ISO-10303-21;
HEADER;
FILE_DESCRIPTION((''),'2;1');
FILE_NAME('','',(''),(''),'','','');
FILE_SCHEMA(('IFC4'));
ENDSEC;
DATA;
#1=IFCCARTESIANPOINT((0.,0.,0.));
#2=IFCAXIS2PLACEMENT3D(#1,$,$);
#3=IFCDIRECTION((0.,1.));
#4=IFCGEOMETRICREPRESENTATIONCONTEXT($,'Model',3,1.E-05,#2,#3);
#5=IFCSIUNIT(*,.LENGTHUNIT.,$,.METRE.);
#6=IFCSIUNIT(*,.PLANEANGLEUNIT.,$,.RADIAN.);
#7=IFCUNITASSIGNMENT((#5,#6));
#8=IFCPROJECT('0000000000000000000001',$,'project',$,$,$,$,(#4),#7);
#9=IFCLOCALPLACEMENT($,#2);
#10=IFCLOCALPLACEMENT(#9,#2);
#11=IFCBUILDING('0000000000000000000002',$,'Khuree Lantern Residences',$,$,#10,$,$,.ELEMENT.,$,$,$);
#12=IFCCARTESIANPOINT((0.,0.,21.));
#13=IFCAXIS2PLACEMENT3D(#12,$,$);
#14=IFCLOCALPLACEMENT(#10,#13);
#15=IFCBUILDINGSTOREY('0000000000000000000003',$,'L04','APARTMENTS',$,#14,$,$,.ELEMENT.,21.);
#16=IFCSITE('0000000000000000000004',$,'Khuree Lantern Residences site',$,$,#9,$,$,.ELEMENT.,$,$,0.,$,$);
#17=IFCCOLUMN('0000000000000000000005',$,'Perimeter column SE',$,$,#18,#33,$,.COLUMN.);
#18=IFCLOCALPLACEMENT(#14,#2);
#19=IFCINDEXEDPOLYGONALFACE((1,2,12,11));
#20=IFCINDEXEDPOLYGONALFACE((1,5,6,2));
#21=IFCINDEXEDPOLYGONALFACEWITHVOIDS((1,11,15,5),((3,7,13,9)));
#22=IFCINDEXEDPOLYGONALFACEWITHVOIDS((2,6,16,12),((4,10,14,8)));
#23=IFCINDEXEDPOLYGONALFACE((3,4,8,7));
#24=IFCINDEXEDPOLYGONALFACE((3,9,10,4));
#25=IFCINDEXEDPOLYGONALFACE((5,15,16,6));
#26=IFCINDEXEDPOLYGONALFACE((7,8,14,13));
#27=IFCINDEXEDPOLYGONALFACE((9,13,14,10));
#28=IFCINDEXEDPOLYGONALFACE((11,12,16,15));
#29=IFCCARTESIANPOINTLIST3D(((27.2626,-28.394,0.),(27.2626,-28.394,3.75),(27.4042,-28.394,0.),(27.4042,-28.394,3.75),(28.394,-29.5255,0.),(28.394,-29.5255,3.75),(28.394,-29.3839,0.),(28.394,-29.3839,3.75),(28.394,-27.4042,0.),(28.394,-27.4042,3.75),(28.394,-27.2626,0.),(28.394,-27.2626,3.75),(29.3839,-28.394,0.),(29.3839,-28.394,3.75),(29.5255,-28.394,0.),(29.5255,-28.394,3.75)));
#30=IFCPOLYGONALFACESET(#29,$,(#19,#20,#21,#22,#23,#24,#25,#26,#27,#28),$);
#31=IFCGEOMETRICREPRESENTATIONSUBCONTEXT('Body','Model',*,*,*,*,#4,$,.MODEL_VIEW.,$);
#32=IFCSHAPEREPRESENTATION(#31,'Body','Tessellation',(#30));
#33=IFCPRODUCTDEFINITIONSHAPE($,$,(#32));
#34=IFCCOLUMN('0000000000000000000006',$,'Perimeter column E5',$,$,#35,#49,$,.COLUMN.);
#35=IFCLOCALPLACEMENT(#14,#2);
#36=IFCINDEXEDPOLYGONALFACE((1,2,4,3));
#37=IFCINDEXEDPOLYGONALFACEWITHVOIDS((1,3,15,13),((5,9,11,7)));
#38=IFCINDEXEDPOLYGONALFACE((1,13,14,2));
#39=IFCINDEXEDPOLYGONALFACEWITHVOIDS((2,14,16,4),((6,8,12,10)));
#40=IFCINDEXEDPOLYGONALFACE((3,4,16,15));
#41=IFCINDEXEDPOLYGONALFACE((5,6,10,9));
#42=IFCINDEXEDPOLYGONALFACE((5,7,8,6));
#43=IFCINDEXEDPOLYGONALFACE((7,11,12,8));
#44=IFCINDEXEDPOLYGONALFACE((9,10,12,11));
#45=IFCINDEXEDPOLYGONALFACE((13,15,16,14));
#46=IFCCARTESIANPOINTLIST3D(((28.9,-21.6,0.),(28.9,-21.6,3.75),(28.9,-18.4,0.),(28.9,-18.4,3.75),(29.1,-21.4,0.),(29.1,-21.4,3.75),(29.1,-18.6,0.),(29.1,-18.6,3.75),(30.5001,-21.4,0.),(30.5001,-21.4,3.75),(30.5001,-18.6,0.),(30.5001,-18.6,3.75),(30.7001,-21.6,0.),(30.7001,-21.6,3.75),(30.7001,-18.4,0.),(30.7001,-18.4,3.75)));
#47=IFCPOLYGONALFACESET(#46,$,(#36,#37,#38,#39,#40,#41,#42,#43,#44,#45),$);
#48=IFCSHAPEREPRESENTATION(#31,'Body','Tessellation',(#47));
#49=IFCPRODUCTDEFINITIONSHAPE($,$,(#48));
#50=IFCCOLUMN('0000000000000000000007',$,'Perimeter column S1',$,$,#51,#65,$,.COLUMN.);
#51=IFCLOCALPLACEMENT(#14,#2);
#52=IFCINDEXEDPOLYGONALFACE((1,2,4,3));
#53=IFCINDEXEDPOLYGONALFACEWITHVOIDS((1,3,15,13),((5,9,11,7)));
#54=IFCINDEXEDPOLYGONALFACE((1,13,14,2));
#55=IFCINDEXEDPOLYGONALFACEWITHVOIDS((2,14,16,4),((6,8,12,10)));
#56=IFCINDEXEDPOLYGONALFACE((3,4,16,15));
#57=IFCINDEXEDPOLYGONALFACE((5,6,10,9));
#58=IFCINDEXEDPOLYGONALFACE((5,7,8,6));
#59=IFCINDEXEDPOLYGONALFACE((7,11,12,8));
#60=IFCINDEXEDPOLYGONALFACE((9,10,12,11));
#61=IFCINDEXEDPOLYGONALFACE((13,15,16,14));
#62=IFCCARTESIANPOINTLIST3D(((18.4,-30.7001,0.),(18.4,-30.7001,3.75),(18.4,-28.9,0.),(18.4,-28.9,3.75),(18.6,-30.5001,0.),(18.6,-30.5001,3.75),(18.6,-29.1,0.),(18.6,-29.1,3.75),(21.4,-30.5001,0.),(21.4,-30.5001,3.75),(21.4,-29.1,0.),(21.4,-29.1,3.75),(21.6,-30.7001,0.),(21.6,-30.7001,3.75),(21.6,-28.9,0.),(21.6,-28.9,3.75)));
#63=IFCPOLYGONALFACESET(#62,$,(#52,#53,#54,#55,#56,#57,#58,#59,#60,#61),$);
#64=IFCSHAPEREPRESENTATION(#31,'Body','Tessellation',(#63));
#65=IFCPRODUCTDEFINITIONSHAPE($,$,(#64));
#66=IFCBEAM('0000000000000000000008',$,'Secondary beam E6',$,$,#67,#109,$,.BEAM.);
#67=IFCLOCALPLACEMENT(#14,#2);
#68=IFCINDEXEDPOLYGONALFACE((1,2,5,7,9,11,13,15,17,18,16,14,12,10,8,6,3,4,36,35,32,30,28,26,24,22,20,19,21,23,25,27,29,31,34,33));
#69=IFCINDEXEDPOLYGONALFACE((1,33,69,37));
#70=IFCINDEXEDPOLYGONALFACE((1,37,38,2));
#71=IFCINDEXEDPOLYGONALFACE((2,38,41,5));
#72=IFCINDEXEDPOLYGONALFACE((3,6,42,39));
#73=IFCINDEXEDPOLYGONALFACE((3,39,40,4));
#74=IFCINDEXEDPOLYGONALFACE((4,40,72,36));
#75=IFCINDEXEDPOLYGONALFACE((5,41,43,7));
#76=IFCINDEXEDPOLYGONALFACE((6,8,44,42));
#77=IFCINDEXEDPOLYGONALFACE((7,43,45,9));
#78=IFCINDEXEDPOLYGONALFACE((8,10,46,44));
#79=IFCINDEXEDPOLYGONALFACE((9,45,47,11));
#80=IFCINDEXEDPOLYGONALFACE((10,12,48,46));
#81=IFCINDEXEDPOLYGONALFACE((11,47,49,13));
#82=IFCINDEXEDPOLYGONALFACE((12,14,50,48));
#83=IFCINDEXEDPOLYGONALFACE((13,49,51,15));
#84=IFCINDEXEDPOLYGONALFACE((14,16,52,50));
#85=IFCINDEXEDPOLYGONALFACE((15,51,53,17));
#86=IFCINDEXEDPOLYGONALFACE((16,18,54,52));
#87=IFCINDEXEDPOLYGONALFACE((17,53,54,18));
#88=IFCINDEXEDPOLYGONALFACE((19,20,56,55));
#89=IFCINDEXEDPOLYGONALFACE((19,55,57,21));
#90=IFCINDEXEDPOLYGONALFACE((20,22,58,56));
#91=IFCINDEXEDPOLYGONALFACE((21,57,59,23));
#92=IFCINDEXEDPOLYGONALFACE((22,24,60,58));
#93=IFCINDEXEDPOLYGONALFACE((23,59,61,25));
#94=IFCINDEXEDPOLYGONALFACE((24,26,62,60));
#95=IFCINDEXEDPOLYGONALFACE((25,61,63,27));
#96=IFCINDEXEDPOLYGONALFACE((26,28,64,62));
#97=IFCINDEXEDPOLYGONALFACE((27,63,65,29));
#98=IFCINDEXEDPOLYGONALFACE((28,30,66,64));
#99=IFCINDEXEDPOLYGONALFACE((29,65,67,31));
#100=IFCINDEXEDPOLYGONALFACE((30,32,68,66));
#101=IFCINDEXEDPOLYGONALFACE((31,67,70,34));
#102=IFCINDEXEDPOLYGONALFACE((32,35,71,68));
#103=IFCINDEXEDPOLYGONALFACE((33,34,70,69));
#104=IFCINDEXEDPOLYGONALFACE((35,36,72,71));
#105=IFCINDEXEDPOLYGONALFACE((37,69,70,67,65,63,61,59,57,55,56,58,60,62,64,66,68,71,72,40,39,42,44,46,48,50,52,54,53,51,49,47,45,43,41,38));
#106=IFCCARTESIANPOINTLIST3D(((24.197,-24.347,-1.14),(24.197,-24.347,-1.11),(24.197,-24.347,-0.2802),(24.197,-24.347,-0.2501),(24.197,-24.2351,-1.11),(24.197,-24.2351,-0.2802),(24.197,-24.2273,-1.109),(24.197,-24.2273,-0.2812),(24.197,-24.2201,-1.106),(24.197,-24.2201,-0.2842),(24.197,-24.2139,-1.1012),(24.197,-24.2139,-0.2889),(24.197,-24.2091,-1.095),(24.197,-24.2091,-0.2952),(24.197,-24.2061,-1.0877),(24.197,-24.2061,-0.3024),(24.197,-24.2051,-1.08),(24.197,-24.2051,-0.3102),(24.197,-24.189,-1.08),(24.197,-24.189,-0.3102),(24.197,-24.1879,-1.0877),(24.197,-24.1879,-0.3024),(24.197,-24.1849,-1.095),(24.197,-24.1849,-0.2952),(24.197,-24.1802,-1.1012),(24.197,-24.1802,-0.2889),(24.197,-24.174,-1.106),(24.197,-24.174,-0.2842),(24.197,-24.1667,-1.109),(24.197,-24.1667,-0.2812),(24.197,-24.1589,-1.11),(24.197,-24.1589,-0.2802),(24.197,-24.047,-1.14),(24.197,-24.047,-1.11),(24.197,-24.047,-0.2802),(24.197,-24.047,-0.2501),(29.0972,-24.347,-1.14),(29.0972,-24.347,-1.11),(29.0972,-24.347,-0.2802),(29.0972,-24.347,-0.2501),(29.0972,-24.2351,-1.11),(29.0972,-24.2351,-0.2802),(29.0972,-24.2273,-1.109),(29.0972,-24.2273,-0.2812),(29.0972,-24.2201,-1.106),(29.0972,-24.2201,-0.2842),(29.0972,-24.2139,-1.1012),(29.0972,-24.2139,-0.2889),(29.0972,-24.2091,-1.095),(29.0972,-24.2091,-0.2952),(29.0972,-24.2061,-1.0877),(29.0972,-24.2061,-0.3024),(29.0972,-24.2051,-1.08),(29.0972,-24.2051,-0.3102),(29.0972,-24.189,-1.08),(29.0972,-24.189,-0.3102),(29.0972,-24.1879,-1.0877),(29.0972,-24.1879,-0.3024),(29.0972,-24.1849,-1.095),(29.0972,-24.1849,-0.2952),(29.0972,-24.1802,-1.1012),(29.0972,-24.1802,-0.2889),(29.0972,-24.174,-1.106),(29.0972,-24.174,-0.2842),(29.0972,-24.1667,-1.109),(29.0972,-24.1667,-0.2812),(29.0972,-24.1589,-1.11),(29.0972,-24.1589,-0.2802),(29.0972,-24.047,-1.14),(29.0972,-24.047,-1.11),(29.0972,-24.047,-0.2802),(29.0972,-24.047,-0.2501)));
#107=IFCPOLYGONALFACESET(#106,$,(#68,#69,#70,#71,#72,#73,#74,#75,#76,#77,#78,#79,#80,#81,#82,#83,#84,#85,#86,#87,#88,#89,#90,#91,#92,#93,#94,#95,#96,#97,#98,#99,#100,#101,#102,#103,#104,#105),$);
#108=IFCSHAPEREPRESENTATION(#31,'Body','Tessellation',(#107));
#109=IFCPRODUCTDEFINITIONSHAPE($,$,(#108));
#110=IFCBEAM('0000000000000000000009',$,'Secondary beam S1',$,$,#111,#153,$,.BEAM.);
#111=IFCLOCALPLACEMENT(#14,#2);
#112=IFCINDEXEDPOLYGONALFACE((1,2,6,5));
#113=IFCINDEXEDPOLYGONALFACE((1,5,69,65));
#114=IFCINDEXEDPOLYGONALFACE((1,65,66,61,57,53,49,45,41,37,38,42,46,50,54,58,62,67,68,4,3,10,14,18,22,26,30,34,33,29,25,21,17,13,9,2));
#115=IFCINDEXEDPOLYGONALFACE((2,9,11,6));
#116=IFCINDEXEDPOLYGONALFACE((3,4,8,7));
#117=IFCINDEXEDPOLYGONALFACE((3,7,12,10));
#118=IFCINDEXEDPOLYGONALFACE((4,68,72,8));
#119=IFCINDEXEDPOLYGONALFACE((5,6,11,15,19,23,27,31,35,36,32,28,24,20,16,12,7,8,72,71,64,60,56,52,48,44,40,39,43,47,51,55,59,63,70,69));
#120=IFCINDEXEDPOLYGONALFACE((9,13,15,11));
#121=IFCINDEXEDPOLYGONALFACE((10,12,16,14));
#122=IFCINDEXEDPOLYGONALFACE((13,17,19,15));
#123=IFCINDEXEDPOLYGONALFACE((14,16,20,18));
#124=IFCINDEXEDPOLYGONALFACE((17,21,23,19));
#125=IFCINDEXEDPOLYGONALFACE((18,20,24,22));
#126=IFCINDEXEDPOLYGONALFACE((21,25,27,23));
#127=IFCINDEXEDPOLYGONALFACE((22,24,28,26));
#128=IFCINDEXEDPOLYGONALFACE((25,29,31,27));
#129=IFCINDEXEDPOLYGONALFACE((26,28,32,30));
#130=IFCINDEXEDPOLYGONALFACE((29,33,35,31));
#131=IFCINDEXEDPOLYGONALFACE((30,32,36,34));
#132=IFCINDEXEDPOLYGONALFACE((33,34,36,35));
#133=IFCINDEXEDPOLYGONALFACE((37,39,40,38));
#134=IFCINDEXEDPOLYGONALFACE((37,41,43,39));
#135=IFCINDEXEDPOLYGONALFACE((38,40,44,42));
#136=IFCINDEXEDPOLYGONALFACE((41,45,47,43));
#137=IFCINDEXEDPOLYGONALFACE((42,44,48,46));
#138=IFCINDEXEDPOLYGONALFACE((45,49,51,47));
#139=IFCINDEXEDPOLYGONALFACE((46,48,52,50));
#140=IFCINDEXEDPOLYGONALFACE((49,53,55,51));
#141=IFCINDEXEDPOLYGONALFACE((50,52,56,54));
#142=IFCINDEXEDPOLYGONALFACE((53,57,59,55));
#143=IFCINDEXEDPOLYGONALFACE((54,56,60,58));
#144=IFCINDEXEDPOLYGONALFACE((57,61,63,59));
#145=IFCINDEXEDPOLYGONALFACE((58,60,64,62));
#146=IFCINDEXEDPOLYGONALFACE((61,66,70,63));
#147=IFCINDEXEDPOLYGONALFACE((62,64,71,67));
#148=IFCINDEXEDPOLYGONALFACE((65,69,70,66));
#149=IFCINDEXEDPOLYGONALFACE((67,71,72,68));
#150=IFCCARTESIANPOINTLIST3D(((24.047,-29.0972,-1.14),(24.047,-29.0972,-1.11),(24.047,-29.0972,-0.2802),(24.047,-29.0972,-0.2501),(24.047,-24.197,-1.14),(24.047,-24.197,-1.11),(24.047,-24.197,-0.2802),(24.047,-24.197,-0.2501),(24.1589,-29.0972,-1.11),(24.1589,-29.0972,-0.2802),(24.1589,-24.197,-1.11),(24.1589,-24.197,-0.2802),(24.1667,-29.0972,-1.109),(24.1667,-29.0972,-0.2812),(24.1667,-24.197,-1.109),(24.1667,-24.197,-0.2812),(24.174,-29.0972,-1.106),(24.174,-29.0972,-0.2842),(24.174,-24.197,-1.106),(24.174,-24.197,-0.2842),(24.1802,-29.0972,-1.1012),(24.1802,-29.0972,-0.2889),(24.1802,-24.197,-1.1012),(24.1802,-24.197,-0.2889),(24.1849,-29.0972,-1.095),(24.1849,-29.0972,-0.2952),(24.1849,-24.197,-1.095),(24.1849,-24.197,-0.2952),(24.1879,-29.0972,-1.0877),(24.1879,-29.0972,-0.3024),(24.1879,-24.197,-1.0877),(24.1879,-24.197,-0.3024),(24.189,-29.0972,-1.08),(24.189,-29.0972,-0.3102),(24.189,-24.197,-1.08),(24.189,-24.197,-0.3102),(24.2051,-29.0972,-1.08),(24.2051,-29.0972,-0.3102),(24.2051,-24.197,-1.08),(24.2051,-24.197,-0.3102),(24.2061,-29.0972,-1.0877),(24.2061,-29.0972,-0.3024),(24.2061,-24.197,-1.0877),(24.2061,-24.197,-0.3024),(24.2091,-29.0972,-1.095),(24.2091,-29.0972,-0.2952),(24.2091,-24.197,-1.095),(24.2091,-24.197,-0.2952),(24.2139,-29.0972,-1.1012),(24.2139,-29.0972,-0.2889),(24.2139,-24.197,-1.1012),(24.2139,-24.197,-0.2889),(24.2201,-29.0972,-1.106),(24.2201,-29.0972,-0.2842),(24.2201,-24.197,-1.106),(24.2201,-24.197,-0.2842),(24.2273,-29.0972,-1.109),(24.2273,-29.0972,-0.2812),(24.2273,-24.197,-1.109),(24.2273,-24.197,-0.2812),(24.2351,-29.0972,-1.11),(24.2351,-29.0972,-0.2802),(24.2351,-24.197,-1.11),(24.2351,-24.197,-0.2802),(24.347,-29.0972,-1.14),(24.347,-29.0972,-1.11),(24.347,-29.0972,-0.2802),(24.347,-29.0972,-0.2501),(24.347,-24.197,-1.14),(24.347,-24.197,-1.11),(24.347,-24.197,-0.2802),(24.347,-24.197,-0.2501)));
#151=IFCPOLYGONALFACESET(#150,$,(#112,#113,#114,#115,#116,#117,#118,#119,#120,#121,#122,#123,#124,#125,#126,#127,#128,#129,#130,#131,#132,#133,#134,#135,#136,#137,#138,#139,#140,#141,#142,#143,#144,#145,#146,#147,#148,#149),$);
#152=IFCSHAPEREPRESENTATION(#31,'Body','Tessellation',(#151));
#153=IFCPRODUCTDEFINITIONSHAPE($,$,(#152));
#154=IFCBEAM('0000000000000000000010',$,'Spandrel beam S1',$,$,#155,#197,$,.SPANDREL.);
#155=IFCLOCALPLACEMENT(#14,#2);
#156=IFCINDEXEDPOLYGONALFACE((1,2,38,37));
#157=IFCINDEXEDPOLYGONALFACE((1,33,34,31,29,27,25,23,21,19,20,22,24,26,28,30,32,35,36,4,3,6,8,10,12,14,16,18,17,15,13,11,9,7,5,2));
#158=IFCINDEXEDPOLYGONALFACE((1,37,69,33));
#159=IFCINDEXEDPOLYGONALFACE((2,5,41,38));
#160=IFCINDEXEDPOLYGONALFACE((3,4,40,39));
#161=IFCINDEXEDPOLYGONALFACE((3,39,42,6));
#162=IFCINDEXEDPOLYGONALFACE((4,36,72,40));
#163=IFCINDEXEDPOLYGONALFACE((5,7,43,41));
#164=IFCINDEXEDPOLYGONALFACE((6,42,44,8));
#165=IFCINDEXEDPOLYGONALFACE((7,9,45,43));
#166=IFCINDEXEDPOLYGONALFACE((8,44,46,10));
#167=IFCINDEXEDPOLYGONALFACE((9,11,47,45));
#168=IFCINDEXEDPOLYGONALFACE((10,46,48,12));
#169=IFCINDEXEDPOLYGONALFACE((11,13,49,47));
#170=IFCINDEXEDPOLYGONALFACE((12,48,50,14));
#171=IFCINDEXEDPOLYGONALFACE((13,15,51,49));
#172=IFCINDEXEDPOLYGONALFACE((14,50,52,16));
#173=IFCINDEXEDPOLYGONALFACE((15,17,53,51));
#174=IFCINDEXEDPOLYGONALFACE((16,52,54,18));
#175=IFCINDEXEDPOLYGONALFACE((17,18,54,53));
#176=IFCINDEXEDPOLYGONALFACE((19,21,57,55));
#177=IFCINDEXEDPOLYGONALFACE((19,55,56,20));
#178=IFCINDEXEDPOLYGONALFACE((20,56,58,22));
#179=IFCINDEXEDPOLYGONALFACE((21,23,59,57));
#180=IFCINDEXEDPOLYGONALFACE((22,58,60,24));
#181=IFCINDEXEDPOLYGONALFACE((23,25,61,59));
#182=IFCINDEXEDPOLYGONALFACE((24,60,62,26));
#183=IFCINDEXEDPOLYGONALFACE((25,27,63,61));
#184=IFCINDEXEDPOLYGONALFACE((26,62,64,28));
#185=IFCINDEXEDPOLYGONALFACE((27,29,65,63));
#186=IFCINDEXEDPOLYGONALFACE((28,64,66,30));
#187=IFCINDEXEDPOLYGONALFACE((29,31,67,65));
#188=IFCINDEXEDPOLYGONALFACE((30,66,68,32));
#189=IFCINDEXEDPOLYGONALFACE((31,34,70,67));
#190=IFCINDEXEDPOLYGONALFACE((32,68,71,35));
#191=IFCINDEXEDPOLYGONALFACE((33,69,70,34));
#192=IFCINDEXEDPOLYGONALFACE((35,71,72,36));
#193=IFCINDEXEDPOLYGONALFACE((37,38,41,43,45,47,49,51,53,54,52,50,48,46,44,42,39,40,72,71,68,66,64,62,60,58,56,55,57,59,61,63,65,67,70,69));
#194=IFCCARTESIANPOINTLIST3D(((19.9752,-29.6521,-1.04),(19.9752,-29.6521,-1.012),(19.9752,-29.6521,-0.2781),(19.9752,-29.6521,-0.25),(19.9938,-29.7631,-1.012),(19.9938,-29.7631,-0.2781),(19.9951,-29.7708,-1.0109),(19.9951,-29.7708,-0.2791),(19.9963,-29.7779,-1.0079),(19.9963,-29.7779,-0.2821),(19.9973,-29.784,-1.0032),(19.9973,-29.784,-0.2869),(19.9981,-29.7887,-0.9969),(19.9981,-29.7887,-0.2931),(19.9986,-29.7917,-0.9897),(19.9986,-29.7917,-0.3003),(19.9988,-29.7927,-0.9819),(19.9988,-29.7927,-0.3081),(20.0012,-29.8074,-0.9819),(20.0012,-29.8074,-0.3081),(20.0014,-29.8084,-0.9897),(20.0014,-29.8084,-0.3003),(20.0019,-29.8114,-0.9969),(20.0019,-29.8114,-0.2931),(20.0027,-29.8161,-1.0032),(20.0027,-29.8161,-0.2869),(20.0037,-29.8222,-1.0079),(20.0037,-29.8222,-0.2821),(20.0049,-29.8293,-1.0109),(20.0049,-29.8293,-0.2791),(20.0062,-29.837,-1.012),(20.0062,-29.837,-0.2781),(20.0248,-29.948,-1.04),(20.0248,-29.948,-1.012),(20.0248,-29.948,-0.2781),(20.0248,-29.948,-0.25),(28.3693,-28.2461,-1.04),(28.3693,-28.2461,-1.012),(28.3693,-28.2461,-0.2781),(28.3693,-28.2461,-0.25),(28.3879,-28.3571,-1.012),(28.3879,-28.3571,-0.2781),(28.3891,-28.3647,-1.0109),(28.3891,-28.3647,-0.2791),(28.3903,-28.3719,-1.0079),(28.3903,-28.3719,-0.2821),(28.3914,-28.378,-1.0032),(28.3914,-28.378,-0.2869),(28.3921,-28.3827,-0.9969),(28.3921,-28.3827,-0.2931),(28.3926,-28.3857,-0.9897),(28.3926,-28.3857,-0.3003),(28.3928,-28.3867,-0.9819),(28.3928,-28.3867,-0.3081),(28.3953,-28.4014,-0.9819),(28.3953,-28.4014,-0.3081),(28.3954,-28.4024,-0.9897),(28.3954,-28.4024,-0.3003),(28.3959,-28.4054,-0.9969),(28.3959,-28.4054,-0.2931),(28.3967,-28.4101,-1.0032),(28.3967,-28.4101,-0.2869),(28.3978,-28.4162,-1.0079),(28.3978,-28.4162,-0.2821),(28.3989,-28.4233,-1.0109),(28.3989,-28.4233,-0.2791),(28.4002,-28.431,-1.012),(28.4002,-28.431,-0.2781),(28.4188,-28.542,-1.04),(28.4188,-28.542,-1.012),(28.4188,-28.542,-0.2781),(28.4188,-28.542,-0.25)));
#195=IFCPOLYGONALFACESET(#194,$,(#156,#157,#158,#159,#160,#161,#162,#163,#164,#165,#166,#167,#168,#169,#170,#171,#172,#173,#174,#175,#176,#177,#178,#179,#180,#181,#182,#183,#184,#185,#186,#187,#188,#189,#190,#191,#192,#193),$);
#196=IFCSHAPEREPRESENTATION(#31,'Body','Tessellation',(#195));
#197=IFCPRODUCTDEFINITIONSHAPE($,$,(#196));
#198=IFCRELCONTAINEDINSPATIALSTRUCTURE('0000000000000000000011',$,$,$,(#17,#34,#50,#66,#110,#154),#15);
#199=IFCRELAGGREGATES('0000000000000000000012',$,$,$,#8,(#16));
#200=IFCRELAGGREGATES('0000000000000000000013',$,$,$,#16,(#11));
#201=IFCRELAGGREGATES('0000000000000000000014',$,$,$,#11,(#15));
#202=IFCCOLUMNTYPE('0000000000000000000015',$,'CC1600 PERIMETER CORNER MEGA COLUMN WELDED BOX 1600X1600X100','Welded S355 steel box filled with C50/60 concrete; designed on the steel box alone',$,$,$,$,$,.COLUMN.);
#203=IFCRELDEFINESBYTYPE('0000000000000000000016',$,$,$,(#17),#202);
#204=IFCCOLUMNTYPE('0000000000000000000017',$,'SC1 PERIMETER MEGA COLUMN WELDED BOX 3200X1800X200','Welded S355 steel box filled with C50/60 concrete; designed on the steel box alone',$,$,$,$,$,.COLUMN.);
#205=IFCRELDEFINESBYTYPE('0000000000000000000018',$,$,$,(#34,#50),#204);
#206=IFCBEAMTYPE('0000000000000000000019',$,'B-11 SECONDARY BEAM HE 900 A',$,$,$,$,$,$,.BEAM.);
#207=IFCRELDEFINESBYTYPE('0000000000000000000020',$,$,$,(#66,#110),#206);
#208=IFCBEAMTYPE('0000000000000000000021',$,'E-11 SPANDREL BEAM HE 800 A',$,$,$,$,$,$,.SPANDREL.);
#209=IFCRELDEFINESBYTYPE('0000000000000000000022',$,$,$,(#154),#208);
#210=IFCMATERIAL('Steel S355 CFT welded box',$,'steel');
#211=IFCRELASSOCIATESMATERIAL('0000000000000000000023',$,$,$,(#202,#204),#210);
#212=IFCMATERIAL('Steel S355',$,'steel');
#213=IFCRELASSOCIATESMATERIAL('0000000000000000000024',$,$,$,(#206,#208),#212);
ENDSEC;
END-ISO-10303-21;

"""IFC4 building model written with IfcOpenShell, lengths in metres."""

from ifc_helpers import new_model, si_unit, direction, frame, origin, origin_2d, place, context, subcontext, project, spatial, hollow_rectangle, i_section, extrude, material, material_profile, profile_set, type_object, element, save


model = new_model("IFC4")

# Units and contexts
model_context = context("Model", 3, precision=1e-05, world=origin(), true_north=direction((0.0, 1.0)))
body_context = subcontext(model_context, "Body", "Model", "MODEL_VIEW")
ifc_project = project(units=[si_unit("LENGTHUNIT", "METRE"), si_unit("PLANEANGLEUNIT", "RADIAN")], contexts=[model_context])

# Site, building, storey
site_placement = place(None, origin())
site = spatial("IfcSite", under=ifc_project, at=site_placement, Name="Khuree Lantern Residences site", CompositionType="ELEMENT", RefElevation=0.0)
building_placement = place(site_placement, origin())
building = spatial("IfcBuilding", under=site, at=building_placement, Name="Khuree Lantern Residences", CompositionType="ELEMENT")
storey_placement = place(building_placement, frame((0.0, 0.0, 21.0)))
storey = spatial("IfcBuildingStorey", under=building, at=storey_placement, Name="L04", Description="APARTMENTS", CompositionType="ELEMENT", Elevation=21.0)

# Columns
ifc_material_1 = material(Name="Steel S355 CFT welded box", Category="steel")
ifc_material_profile_1 = material_profile(ifc_material_1, hollow_rectangle(XDim=1.6001, YDim=1.6001, WallThickness=0.1001, at=origin_2d()), Name="WELDED BOX 1600X1600X100")
ifc_profile_set_1 = profile_set([ifc_material_profile_1], Name="Steel S355 CFT welded box")
column_type_1 = type_object("IfcColumnType", Name="CC1600 PERIMETER CORNER MEGA COLUMN WELDED BOX 1600X1600X100", Description="Welded S355 steel box filled with C50/60 concrete; designed on the steel box alone", PredefinedType="COLUMN", material=ifc_profile_set_1)
column_placement = place(storey_placement, frame((28.394, -28.394, 0.0), z_axis=(0.0, 0.0, 1.0), x_axis=(0.707107, 0.707107, 0.0)))
element("IfcColumn", 1, at=column_placement, inside=storey, type_object=column_type_1, Name="Perimeter column SE", PredefinedType="COLUMN", context=body_context, shape_type="SweptSolid", body=[
    extrude(hollow_rectangle(XDim=1.6001, YDim=1.6001, WallThickness=0.1001, at=origin_2d()), origin(), (0.0, 0.0, 1.0), 3.75),
])
ifc_material_profile_2 = material_profile(ifc_material_1, hollow_rectangle(XDim=3.2, YDim=1.8, WallThickness=0.2, at=origin_2d()), Name="WELDED BOX 3200X1800X200")
ifc_profile_set_2 = profile_set([ifc_material_profile_2], Name="Steel S355 CFT welded box")
column_type_2 = type_object("IfcColumnType", Name="SC1 PERIMETER MEGA COLUMN WELDED BOX 3200X1800X200", Description="Welded S355 steel box filled with C50/60 concrete; designed on the steel box alone", PredefinedType="COLUMN", material=ifc_profile_set_2)
for number, where, z_axis, x_axis, name in (
    (2, (29.8, -20.0, 0.0), (0.0, 0.0, 1.0), (0.0, 1.0, 0.0), "Perimeter column E5"),
    (3, (20.0, -29.8, 0.0), (0.0, 0.0, 1.0), (1.0, 0.0, 0.0), "Perimeter column S1"),
):
    element("IfcColumn", number, at=place(storey_placement, frame(where, z_axis=z_axis, x_axis=x_axis)), inside=storey, type_object=column_type_2, Name=name, PredefinedType="COLUMN", context=body_context, shape_type="SweptSolid", body=[
        extrude(hollow_rectangle(XDim=3.2, YDim=1.8, WallThickness=0.2, at=origin_2d()), origin(), (0.0, 0.0, 1.0), 3.75),
    ])

# Beams
ifc_material_2 = material(Name="Steel S355", Category="steel")
ifc_material_profile_3 = material_profile(ifc_material_2, i_section(OverallWidth=0.3, OverallDepth=0.8899, WebThickness=0.0161, FlangeThickness=0.03, FilletRadius=0.03, at=origin_2d()), Name="HE 900 A")
ifc_profile_set_3 = profile_set([ifc_material_profile_3], Name="Steel S355")
beam_type_1 = type_object("IfcBeamType", Name="B-11 SECONDARY BEAM HE 900 A", PredefinedType="BEAM", material=ifc_profile_set_3)
for number, where, z_axis, x_axis, name in (
    (4, (29.0972, -24.197, -0.6951), (-1.0, 0.0, 0.0), (0.0, -1.0, 0.0), "Secondary beam E6"),
    (5, (24.197, -29.0972, -0.6951), (0.0, 1.0, 0.0), (-1.0, 0.0, 0.0), "Secondary beam S1"),
):
    element("IfcBeam", number, at=place(storey_placement, frame(where, z_axis=z_axis, x_axis=x_axis)), inside=storey, type_object=beam_type_1, Name=name, PredefinedType="BEAM", context=body_context, shape_type="SweptSolid", body=[
        extrude(i_section(OverallWidth=0.3, OverallDepth=0.8899, WebThickness=0.0161, FlangeThickness=0.03, FilletRadius=0.03, at=origin_2d()), origin(), (0.0, 0.0, 1.0), 4.9001),
    ])
ifc_material_profile_4 = material_profile(ifc_material_2, i_section(OverallWidth=0.3, OverallDepth=0.79, WebThickness=0.0149, FlangeThickness=0.0281, FilletRadius=0.03, at=origin_2d()), Name="HE 800 A")
ifc_profile_set_4 = profile_set([ifc_material_profile_4], Name="Steel S355")
beam_type_2 = type_object("IfcBeamType", Name="E-11 SPANDREL BEAM HE 800 A", PredefinedType="SPANDREL", material=ifc_profile_set_4)
beam_1_placement = place(storey_placement, frame((28.394, -28.394, -0.645), z_axis=(-0.98626, -0.165199, 0.0), x_axis=(0.165199, -0.98626, 0.0)))
element("IfcBeam", 6, at=beam_1_placement, inside=storey, type_object=beam_type_2, Name="Spandrel beam S1", PredefinedType="SPANDREL", context=body_context, shape_type="SweptSolid", body=[
    extrude(i_section(OverallWidth=0.3, OverallDepth=0.79, WebThickness=0.0149, FlangeThickness=0.0281, FilletRadius=0.03, at=origin_2d()), origin(), (0.0, 0.0, 1.0), 8.511),
])

save(model, "model.ifc")
